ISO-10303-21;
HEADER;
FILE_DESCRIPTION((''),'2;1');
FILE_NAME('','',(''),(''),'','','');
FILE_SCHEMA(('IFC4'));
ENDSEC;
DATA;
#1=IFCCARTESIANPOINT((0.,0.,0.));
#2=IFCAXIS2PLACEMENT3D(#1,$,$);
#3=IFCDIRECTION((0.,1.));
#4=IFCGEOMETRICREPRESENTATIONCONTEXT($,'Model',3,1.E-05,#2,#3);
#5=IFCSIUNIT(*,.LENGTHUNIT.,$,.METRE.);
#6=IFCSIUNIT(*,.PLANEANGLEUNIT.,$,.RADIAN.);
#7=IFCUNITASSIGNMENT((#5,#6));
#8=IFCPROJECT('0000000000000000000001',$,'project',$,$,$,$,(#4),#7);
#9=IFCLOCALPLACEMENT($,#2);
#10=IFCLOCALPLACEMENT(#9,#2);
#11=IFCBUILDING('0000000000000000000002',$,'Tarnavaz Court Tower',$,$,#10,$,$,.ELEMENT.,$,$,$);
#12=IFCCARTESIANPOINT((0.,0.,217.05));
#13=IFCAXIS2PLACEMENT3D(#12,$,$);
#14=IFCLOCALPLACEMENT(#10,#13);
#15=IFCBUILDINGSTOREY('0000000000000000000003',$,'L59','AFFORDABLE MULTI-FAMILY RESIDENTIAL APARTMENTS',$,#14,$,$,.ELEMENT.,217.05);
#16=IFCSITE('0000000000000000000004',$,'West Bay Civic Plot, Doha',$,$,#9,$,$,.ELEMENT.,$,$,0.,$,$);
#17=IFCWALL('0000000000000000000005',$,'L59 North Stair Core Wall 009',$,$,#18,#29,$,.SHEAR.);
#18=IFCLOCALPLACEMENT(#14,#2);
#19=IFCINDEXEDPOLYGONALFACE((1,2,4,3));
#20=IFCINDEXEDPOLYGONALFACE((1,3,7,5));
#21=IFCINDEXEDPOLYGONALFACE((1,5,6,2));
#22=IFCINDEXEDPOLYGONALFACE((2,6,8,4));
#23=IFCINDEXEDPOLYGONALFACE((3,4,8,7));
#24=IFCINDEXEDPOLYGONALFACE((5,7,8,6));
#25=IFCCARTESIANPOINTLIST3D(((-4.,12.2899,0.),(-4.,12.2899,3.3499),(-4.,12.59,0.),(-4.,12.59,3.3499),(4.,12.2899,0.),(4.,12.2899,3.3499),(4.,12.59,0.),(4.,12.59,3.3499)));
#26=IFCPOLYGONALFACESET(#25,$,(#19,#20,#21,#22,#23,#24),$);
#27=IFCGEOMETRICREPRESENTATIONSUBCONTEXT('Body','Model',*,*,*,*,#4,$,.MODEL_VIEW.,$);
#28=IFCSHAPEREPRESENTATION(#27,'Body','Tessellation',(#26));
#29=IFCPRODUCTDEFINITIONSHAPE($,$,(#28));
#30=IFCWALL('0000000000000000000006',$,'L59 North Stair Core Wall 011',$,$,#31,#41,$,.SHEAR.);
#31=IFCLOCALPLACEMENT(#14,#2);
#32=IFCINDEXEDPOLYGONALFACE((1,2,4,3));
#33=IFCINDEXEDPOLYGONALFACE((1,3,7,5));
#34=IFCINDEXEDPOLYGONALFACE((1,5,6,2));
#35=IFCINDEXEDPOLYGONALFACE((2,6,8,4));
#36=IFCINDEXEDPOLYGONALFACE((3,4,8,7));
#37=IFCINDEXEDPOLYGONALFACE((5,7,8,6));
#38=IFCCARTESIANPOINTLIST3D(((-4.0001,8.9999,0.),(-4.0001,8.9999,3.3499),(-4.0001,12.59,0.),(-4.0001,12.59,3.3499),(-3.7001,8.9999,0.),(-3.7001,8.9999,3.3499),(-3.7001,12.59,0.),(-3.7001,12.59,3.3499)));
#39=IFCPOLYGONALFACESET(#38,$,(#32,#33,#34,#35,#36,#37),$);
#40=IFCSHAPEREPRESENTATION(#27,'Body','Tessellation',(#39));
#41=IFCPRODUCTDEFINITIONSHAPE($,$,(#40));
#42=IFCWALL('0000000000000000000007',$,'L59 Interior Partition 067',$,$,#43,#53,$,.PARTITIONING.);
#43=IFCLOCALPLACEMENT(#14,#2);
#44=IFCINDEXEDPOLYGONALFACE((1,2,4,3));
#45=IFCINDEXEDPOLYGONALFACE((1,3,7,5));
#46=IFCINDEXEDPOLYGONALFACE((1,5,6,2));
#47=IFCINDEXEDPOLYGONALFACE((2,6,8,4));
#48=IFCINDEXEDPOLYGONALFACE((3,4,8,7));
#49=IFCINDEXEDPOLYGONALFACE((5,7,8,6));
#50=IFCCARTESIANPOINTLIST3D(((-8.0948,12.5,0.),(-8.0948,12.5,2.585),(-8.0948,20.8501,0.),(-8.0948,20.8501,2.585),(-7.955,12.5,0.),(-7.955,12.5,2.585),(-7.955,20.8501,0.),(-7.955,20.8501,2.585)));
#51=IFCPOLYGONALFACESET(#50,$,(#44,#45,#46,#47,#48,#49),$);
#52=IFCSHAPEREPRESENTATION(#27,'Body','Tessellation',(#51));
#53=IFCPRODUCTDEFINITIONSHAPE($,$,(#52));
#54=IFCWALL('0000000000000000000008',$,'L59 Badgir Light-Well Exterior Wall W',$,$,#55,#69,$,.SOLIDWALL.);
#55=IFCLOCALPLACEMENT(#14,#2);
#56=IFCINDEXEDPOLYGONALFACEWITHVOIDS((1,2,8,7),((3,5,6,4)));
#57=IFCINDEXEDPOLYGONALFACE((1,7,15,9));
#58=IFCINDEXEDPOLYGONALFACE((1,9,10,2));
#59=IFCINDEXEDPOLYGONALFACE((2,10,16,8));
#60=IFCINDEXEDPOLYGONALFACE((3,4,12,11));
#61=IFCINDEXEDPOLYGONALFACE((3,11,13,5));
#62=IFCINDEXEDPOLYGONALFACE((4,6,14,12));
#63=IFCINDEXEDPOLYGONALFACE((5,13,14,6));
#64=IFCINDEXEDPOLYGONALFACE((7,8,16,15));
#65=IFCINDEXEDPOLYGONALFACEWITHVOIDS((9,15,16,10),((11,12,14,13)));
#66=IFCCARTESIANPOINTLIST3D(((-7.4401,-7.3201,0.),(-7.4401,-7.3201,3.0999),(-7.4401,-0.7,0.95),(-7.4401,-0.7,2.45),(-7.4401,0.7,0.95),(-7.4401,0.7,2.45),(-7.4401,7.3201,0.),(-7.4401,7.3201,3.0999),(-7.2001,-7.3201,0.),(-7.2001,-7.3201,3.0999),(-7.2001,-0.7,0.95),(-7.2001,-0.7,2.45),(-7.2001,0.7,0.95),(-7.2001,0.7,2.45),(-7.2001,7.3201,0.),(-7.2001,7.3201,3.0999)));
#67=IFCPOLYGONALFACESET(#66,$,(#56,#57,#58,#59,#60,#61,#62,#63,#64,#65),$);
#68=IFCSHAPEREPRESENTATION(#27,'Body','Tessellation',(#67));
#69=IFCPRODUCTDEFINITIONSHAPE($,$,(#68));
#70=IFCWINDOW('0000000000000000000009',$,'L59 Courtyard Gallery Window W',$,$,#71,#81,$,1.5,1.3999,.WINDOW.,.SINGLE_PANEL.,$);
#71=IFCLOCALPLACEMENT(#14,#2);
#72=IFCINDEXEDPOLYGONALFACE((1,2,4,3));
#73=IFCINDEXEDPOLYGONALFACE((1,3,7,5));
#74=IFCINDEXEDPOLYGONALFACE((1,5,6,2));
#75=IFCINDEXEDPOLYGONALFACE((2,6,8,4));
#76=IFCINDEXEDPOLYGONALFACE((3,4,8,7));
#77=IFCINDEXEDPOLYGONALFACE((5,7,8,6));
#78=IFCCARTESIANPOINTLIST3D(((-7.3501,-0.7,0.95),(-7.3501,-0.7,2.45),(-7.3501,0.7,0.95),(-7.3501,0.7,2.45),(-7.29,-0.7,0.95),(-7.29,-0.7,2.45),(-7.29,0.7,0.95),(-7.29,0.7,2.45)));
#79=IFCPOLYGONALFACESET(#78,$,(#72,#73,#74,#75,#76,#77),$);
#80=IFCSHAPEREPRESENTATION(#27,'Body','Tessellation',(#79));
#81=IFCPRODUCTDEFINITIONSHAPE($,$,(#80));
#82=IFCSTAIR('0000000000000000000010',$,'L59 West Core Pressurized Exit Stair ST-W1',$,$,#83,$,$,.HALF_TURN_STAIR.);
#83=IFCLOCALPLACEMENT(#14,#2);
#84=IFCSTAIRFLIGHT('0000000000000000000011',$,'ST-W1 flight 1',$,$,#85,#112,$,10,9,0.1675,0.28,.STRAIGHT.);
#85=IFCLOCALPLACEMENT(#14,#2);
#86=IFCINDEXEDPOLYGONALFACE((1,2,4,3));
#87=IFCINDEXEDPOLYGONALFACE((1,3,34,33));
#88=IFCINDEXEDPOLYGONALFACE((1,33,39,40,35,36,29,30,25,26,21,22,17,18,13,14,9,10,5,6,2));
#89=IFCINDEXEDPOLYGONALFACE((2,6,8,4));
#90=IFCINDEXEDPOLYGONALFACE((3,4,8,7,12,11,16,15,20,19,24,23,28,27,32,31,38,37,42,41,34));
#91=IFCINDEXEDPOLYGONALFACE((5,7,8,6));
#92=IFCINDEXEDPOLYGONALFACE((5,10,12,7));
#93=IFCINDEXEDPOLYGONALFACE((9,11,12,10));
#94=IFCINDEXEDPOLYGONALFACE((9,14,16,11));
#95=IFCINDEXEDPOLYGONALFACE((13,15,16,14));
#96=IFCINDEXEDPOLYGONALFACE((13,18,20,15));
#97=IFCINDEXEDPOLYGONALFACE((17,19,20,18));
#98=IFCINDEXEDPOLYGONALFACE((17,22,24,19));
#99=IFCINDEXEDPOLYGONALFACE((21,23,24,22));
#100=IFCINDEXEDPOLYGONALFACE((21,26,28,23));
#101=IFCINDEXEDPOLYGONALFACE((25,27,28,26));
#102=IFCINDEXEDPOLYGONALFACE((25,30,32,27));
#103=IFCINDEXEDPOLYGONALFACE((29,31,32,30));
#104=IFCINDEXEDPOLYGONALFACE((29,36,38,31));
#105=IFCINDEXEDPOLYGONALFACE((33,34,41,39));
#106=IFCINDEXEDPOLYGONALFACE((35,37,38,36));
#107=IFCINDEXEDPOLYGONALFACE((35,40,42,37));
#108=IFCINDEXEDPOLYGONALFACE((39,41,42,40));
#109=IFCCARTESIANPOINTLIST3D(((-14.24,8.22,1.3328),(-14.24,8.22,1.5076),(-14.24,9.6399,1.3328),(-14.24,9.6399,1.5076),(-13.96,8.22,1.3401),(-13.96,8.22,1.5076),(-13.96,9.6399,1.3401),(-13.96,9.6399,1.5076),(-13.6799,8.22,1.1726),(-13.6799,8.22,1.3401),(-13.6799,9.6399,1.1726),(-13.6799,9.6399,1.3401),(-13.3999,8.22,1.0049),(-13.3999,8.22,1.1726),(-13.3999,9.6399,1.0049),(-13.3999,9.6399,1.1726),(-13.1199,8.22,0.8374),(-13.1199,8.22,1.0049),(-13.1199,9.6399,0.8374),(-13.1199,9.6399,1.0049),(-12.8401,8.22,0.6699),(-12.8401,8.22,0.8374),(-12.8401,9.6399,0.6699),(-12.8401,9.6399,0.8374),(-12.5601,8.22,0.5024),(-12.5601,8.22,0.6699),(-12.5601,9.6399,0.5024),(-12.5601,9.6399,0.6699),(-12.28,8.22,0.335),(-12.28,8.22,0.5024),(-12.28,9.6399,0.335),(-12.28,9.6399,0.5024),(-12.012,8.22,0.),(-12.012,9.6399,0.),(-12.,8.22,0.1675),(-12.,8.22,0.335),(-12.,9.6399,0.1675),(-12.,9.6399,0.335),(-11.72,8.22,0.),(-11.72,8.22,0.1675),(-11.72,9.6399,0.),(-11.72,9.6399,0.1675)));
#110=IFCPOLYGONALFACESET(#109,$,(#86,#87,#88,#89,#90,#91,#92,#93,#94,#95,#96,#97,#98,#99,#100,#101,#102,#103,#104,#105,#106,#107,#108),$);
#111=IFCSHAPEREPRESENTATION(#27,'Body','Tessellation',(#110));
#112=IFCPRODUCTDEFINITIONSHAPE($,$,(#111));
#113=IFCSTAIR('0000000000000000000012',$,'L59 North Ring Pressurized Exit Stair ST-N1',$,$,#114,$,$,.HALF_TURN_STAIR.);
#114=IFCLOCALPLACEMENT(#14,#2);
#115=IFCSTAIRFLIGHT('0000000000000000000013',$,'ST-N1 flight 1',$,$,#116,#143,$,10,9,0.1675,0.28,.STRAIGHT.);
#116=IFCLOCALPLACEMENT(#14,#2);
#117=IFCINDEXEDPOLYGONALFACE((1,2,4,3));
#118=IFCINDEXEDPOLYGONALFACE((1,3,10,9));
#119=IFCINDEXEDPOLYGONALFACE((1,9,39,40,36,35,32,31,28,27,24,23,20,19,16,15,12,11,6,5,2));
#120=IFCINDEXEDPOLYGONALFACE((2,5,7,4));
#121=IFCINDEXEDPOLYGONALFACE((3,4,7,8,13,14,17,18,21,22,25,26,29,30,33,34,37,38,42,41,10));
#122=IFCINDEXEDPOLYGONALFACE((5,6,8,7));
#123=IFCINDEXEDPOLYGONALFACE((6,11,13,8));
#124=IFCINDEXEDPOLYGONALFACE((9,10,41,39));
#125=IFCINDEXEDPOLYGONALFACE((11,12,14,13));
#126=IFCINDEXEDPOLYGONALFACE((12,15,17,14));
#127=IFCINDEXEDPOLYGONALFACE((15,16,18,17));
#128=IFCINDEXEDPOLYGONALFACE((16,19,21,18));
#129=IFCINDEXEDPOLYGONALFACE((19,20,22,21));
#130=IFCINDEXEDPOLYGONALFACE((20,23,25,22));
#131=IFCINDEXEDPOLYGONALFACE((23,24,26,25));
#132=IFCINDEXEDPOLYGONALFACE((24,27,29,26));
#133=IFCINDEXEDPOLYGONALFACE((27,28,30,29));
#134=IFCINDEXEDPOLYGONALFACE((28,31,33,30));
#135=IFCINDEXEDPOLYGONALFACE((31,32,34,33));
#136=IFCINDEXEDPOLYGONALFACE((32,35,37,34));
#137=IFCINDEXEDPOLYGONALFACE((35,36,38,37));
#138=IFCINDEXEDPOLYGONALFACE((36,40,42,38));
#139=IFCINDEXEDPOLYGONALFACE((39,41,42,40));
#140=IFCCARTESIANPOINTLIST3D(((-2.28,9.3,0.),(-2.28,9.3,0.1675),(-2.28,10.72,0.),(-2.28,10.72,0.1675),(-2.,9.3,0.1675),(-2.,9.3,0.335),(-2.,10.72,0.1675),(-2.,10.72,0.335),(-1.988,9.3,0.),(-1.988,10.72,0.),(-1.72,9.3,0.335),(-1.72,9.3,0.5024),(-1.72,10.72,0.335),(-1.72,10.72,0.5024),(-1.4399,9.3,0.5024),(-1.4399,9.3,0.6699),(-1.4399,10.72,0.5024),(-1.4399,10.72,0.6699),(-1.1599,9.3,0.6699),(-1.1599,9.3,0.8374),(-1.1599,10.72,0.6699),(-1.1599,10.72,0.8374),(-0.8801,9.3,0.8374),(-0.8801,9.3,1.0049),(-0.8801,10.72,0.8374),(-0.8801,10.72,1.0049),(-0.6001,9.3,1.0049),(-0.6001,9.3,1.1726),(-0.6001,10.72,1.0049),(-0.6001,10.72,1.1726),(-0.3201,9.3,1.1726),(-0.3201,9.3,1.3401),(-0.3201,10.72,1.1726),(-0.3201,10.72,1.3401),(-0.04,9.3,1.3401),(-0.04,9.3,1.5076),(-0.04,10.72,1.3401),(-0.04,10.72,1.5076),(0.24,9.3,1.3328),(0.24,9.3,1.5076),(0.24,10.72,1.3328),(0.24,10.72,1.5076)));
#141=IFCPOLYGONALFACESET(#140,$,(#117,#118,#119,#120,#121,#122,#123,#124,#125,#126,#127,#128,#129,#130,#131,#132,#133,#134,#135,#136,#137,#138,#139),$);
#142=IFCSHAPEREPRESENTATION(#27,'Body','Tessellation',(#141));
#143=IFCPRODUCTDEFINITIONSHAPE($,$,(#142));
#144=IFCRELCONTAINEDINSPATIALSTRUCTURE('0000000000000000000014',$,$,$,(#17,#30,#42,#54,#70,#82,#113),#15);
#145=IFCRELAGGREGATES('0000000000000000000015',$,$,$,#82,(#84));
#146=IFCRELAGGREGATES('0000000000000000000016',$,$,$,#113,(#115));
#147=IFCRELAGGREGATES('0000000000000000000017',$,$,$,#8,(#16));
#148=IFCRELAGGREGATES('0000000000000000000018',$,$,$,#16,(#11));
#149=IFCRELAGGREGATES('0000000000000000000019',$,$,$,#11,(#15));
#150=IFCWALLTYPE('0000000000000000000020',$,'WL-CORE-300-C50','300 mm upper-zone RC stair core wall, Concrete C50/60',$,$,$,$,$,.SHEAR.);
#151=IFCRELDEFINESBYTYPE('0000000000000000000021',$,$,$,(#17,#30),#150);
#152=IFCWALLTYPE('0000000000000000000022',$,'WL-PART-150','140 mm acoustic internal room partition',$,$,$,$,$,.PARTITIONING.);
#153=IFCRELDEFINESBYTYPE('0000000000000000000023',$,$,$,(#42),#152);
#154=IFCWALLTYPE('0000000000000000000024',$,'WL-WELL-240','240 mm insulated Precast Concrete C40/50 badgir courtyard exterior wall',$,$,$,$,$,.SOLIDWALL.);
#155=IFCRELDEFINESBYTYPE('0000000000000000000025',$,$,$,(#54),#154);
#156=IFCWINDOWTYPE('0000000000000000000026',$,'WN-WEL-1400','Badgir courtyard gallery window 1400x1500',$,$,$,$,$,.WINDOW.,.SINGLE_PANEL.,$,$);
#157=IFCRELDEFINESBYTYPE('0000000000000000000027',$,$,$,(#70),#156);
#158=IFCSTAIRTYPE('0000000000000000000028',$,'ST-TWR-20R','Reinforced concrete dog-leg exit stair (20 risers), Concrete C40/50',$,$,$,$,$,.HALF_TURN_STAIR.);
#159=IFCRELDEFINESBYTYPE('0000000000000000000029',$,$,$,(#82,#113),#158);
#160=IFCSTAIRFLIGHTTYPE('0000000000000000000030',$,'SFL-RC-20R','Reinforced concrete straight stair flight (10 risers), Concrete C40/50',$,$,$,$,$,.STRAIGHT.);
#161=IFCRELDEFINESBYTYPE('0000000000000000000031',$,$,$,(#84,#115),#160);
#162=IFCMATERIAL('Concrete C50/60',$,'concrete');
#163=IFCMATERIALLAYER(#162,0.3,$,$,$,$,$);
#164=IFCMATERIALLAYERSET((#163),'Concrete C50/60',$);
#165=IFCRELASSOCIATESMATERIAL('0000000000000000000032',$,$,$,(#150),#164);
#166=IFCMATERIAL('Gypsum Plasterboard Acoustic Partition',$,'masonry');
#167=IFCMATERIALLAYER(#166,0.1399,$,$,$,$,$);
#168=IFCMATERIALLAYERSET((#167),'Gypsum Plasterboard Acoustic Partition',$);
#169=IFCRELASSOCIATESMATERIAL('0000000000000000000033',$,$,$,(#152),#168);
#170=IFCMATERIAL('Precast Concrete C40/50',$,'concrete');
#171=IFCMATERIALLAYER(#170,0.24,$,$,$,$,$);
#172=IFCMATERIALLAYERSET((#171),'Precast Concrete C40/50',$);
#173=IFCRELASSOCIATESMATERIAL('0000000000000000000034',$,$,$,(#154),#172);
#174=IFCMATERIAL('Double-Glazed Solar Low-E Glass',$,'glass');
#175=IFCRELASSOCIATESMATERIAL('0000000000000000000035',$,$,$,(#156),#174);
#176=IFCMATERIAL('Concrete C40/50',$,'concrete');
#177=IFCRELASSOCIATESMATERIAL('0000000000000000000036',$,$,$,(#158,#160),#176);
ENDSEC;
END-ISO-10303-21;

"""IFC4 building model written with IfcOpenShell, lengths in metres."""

from ifc_helpers import new_model, si_unit, direction, frame, frame_2d, origin, place, context, subcontext, project, spatial, polyline, rectangle, outline, extrude, material, layer, layer_set, type_object, element, fill, aggregate, save


model = new_model("IFC4")

# Units and contexts
model_context = context("Model", 3, precision=1e-05, world=origin(), true_north=direction((0.0, 1.0)))
body_context = subcontext(model_context, "Body", "Model", "MODEL_VIEW")
ifc_project = project(units=[si_unit("LENGTHUNIT", "METRE"), si_unit("PLANEANGLEUNIT", "RADIAN")], contexts=[model_context])

# Site, building, storey
site_placement = place(None, origin())
site = spatial("IfcSite", under=ifc_project, at=site_placement, Name="West Bay Civic Plot, Doha", CompositionType="ELEMENT", RefElevation=0.0)
building_placement = place(site_placement, origin())
building = spatial("IfcBuilding", under=site, at=building_placement, Name="Tarnavaz Court Tower", CompositionType="ELEMENT")
storey_placement = place(building_placement, frame((0.0, 0.0, 217.05)))
storey = spatial("IfcBuildingStorey", under=building, at=storey_placement, Name="L59", Description="AFFORDABLE MULTI-FAMILY RESIDENTIAL APARTMENTS", CompositionType="ELEMENT", Elevation=217.05)

# Shared definitions
ifc_material_1 = material(Name="Concrete C50/60", Category="concrete")

# Wall
ifc_layer_1 = layer(ifc_material_1, 0.3)
ifc_layer_set_1 = layer_set([ifc_layer_1], Name="Concrete C50/60")
wall_type_1 = type_object("IfcWallType", Name="WL-CORE-300-C50", Description="300 mm upper-zone RC stair core wall, Concrete C50/60", PredefinedType="SHEAR", material=ifc_layer_set_1)
wall_1_placement = place(storey_placement, frame((-4.0, 12.4399, 0.0), z_axis=(0.0, 0.0, 1.0), x_axis=(1.0, 0.0, 0.0)))
element("IfcWall", 1, at=wall_1_placement, inside=storey, type_object=wall_type_1, Name="L59 North Stair Core Wall 009", PredefinedType="SHEAR", context=body_context, shape_type="SweptSolid", body=[
    extrude(rectangle(XDim=8.0, YDim=0.3, at=frame_2d((4.0, 0.0))), origin(), (0.0, 0.0, 1.0), 3.3499),
])

# Walls
wall_2_placement = place(storey_placement, frame((-3.8501, 9.0, 0.0), z_axis=(0.0, 0.0, 1.0), x_axis=(0.0, 1.0, 0.0)))
element("IfcWall", 2, at=wall_2_placement, inside=storey, type_object=wall_type_1, Name="L59 North Stair Core Wall 011", PredefinedType="SHEAR", context=body_context, shape_type="SweptSolid", body=[
    extrude(rectangle(XDim=3.5901, YDim=0.3, at=frame_2d((1.7949, 0.0))), origin(), (0.0, 0.0, 1.0), 3.3499),
])
ifc_material_2 = material(Name="Gypsum Plasterboard Acoustic Partition", Category="masonry")
ifc_layer_2 = layer(ifc_material_2, 0.1399)
ifc_layer_set_2 = layer_set([ifc_layer_2], Name="Gypsum Plasterboard Acoustic Partition")
wall_type_2 = type_object("IfcWallType", Name="WL-PART-150", Description="140 mm acoustic internal room partition", PredefinedType="PARTITIONING", material=ifc_layer_set_2)
wall_3_placement = place(storey_placement, frame((-8.0249, 12.5, 0.0), z_axis=(0.0, 0.0, 1.0), x_axis=(0.0, 1.0, 0.0)))
element("IfcWall", 3, at=wall_3_placement, inside=storey, type_object=wall_type_2, Name="L59 Interior Partition 067", PredefinedType="PARTITIONING", context=body_context, shape_type="SweptSolid", body=[
    extrude(rectangle(XDim=8.3501, YDim=0.1399, at=frame_2d((4.175, 0.0))), origin(), (0.0, 0.0, 1.0), 2.585),
])

# Wall, opening, window
ifc_material_3 = material(Name="Precast Concrete C40/50", Category="concrete")
ifc_layer_3 = layer(ifc_material_3, 0.24)
ifc_layer_set_3 = layer_set([ifc_layer_3], Name="Precast Concrete C40/50")
wall_type_3 = type_object("IfcWallType", Name="WL-WELL-240", Description="240 mm insulated Precast Concrete C40/50 badgir courtyard exterior wall", PredefinedType="SOLIDWALL", material=ifc_layer_set_3)
wall_4_placement = place(storey_placement, frame((-7.3201, 7.3201, 0.0), z_axis=(0.0, 0.0, 1.0), x_axis=(0.0, -1.0, 0.0)))
wall_4 = element("IfcWall", 4, at=wall_4_placement, inside=storey, type_object=wall_type_3, Name="L59 Badgir Light-Well Exterior Wall W", PredefinedType="SOLIDWALL", context=body_context, shape_type="SweptSolid", body=[
    extrude(rectangle(XDim=14.6401, YDim=0.24, at=frame_2d((7.3201, 0.0))), origin(), (0.0, 0.0, 1.0), 3.0999),
])
opening_1_placement = place(wall_4_placement, frame((6.6201, 0.0, 0.95)))
opening_1 = element("IfcOpeningElement", 5, at=opening_1_placement, cuts=wall_4, PredefinedType="OPENING", context=body_context, shape_type="SweptSolid", body=[
    extrude(rectangle(XDim=1.3999, YDim=1.5, at=frame_2d((0.7, 0.75))), frame((0.0, 0.1299, 0.0), z_axis=(0.0, -1.0, 0.0), x_axis=(1.0, 0.0, 0.0)), (0.0, 0.0, 1.0), 0.26),
])
ifc_material_4 = material(Name="Double-Glazed Solar Low-E Glass", Category="glass")
window_type = type_object("IfcWindowType", Name="WN-WEL-1400", Description="Badgir courtyard gallery window 1400x1500", PartitioningType="SINGLE_PANEL", PredefinedType="WINDOW", material=ifc_material_4)
window_placement = place(opening_1_placement, origin())
window = element("IfcWindow", 6, at=window_placement, inside=storey, type_object=window_type, Name="L59 Courtyard Gallery Window W", OverallHeight=1.5, OverallWidth=1.3999, PartitioningType="SINGLE_PANEL", PredefinedType="WINDOW", context=body_context, shape_type="SweptSolid", body=[
    extrude(rectangle(XDim=1.3999, YDim=1.5, at=frame_2d((0.7, 0.75))), frame((0.0, 0.03, 0.0), z_axis=(0.0, -1.0, 0.0), x_axis=(1.0, 0.0, 0.0)), (0.0, 0.0, 1.0), 0.0601),
])
fill(opening_1, window)

# Stairs, stair flights
ifc_material_5 = material(Name="Concrete C40/50", Category="concrete")
stair_type = type_object("IfcStairType", Name="ST-TWR-20R", Description="Reinforced concrete dog-leg exit stair (20 risers), Concrete C40/50", PredefinedType="HALF_TURN_STAIR", material=ifc_material_5)
stair_1_placement = place(storey_placement, origin())
stair_1 = element("IfcStair", 7, at=stair_1_placement, inside=storey, type_object=stair_type, Name="L59 West Core Pressurized Exit Stair ST-W1", PredefinedType="HALF_TURN_STAIR")
stair_flight_type = type_object("IfcStairFlightType", Name="SFL-RC-20R", Description="Reinforced concrete straight stair flight (10 risers), Concrete C40/50", PredefinedType="STRAIGHT", material=ifc_material_5)
stair_flight_1_placement = place(storey_placement, frame((-11.72, 8.9299, 0.0), z_axis=(0.0, 0.0, 1.0), x_axis=(-1.0, 0.0, 0.0)))
stair_flight_1 = element("IfcStairFlight", 8, at=stair_flight_1_placement, type_object=stair_flight_type, Name="ST-W1 flight 1", NumberOfRisers=10, NumberOfTreads=9, PredefinedType="STRAIGHT", RiserHeight=0.1675, TreadLength=0.28, context=body_context, shape_type="SweptSolid", body=[
    extrude(outline(polyline([(0.0, 0.0), (0.0, 0.1675), (0.28, 0.1675), (0.28, 0.335), (0.5601, 0.335), (0.5601, 0.5024), (0.8401, 0.5024), (0.8401, 0.6699), (1.1201, 0.6699), (1.1201, 0.8374), (1.3999, 0.8374), (1.3999, 1.0049), (1.6799, 1.0049), (1.6799, 1.1726), (1.96, 1.1726), (1.96, 1.3401), (2.24, 1.3401), (2.24, 1.5076), (2.52, 1.5076), (2.52, 1.675), (2.52, 1.3328), (0.292, 0.0), (0.0, 0.0)])), frame((0.0, 0.71, 0.0), z_axis=(0.0, -1.0, 0.0), x_axis=(1.0, 0.0, 0.0)), (0.0, 0.0, 1.0), 1.4199),
])
aggregate(stair_1, [stair_flight_1])
stair_2_placement = place(storey_placement, origin())
stair_2 = element("IfcStair", 9, at=stair_2_placement, inside=storey, type_object=stair_type, Name="L59 North Ring Pressurized Exit Stair ST-N1", PredefinedType="HALF_TURN_STAIR")
stair_flight_2_placement = place(storey_placement, frame((-2.28, 10.01, 0.0), z_axis=(0.0, 0.0, 1.0), x_axis=(1.0, 0.0, 0.0)))
stair_flight_2 = element("IfcStairFlight", 10, at=stair_flight_2_placement, type_object=stair_flight_type, Name="ST-N1 flight 1", NumberOfRisers=10, NumberOfTreads=9, PredefinedType="STRAIGHT", RiserHeight=0.1675, TreadLength=0.28, context=body_context, shape_type="SweptSolid", body=[
    extrude(outline(polyline([(0.0, 0.0), (0.0, 0.1675), (0.28, 0.1675), (0.28, 0.335), (0.5601, 0.335), (0.5601, 0.5024), (0.8401, 0.5024), (0.8401, 0.6699), (1.1201, 0.6699), (1.1201, 0.8374), (1.3999, 0.8374), (1.3999, 1.0049), (1.6799, 1.0049), (1.6799, 1.1726), (1.96, 1.1726), (1.96, 1.3401), (2.24, 1.3401), (2.24, 1.5076), (2.52, 1.5076), (2.52, 1.675), (2.52, 1.3328), (0.292, 0.0), (0.0, 0.0)])), frame((0.0, 0.71, 0.0), z_axis=(0.0, -1.0, 0.0), x_axis=(1.0, 0.0, 0.0)), (0.0, 0.0, 1.0), 1.4199),
])
aggregate(stair_2, [stair_flight_2])

save(model, "model.ifc")
